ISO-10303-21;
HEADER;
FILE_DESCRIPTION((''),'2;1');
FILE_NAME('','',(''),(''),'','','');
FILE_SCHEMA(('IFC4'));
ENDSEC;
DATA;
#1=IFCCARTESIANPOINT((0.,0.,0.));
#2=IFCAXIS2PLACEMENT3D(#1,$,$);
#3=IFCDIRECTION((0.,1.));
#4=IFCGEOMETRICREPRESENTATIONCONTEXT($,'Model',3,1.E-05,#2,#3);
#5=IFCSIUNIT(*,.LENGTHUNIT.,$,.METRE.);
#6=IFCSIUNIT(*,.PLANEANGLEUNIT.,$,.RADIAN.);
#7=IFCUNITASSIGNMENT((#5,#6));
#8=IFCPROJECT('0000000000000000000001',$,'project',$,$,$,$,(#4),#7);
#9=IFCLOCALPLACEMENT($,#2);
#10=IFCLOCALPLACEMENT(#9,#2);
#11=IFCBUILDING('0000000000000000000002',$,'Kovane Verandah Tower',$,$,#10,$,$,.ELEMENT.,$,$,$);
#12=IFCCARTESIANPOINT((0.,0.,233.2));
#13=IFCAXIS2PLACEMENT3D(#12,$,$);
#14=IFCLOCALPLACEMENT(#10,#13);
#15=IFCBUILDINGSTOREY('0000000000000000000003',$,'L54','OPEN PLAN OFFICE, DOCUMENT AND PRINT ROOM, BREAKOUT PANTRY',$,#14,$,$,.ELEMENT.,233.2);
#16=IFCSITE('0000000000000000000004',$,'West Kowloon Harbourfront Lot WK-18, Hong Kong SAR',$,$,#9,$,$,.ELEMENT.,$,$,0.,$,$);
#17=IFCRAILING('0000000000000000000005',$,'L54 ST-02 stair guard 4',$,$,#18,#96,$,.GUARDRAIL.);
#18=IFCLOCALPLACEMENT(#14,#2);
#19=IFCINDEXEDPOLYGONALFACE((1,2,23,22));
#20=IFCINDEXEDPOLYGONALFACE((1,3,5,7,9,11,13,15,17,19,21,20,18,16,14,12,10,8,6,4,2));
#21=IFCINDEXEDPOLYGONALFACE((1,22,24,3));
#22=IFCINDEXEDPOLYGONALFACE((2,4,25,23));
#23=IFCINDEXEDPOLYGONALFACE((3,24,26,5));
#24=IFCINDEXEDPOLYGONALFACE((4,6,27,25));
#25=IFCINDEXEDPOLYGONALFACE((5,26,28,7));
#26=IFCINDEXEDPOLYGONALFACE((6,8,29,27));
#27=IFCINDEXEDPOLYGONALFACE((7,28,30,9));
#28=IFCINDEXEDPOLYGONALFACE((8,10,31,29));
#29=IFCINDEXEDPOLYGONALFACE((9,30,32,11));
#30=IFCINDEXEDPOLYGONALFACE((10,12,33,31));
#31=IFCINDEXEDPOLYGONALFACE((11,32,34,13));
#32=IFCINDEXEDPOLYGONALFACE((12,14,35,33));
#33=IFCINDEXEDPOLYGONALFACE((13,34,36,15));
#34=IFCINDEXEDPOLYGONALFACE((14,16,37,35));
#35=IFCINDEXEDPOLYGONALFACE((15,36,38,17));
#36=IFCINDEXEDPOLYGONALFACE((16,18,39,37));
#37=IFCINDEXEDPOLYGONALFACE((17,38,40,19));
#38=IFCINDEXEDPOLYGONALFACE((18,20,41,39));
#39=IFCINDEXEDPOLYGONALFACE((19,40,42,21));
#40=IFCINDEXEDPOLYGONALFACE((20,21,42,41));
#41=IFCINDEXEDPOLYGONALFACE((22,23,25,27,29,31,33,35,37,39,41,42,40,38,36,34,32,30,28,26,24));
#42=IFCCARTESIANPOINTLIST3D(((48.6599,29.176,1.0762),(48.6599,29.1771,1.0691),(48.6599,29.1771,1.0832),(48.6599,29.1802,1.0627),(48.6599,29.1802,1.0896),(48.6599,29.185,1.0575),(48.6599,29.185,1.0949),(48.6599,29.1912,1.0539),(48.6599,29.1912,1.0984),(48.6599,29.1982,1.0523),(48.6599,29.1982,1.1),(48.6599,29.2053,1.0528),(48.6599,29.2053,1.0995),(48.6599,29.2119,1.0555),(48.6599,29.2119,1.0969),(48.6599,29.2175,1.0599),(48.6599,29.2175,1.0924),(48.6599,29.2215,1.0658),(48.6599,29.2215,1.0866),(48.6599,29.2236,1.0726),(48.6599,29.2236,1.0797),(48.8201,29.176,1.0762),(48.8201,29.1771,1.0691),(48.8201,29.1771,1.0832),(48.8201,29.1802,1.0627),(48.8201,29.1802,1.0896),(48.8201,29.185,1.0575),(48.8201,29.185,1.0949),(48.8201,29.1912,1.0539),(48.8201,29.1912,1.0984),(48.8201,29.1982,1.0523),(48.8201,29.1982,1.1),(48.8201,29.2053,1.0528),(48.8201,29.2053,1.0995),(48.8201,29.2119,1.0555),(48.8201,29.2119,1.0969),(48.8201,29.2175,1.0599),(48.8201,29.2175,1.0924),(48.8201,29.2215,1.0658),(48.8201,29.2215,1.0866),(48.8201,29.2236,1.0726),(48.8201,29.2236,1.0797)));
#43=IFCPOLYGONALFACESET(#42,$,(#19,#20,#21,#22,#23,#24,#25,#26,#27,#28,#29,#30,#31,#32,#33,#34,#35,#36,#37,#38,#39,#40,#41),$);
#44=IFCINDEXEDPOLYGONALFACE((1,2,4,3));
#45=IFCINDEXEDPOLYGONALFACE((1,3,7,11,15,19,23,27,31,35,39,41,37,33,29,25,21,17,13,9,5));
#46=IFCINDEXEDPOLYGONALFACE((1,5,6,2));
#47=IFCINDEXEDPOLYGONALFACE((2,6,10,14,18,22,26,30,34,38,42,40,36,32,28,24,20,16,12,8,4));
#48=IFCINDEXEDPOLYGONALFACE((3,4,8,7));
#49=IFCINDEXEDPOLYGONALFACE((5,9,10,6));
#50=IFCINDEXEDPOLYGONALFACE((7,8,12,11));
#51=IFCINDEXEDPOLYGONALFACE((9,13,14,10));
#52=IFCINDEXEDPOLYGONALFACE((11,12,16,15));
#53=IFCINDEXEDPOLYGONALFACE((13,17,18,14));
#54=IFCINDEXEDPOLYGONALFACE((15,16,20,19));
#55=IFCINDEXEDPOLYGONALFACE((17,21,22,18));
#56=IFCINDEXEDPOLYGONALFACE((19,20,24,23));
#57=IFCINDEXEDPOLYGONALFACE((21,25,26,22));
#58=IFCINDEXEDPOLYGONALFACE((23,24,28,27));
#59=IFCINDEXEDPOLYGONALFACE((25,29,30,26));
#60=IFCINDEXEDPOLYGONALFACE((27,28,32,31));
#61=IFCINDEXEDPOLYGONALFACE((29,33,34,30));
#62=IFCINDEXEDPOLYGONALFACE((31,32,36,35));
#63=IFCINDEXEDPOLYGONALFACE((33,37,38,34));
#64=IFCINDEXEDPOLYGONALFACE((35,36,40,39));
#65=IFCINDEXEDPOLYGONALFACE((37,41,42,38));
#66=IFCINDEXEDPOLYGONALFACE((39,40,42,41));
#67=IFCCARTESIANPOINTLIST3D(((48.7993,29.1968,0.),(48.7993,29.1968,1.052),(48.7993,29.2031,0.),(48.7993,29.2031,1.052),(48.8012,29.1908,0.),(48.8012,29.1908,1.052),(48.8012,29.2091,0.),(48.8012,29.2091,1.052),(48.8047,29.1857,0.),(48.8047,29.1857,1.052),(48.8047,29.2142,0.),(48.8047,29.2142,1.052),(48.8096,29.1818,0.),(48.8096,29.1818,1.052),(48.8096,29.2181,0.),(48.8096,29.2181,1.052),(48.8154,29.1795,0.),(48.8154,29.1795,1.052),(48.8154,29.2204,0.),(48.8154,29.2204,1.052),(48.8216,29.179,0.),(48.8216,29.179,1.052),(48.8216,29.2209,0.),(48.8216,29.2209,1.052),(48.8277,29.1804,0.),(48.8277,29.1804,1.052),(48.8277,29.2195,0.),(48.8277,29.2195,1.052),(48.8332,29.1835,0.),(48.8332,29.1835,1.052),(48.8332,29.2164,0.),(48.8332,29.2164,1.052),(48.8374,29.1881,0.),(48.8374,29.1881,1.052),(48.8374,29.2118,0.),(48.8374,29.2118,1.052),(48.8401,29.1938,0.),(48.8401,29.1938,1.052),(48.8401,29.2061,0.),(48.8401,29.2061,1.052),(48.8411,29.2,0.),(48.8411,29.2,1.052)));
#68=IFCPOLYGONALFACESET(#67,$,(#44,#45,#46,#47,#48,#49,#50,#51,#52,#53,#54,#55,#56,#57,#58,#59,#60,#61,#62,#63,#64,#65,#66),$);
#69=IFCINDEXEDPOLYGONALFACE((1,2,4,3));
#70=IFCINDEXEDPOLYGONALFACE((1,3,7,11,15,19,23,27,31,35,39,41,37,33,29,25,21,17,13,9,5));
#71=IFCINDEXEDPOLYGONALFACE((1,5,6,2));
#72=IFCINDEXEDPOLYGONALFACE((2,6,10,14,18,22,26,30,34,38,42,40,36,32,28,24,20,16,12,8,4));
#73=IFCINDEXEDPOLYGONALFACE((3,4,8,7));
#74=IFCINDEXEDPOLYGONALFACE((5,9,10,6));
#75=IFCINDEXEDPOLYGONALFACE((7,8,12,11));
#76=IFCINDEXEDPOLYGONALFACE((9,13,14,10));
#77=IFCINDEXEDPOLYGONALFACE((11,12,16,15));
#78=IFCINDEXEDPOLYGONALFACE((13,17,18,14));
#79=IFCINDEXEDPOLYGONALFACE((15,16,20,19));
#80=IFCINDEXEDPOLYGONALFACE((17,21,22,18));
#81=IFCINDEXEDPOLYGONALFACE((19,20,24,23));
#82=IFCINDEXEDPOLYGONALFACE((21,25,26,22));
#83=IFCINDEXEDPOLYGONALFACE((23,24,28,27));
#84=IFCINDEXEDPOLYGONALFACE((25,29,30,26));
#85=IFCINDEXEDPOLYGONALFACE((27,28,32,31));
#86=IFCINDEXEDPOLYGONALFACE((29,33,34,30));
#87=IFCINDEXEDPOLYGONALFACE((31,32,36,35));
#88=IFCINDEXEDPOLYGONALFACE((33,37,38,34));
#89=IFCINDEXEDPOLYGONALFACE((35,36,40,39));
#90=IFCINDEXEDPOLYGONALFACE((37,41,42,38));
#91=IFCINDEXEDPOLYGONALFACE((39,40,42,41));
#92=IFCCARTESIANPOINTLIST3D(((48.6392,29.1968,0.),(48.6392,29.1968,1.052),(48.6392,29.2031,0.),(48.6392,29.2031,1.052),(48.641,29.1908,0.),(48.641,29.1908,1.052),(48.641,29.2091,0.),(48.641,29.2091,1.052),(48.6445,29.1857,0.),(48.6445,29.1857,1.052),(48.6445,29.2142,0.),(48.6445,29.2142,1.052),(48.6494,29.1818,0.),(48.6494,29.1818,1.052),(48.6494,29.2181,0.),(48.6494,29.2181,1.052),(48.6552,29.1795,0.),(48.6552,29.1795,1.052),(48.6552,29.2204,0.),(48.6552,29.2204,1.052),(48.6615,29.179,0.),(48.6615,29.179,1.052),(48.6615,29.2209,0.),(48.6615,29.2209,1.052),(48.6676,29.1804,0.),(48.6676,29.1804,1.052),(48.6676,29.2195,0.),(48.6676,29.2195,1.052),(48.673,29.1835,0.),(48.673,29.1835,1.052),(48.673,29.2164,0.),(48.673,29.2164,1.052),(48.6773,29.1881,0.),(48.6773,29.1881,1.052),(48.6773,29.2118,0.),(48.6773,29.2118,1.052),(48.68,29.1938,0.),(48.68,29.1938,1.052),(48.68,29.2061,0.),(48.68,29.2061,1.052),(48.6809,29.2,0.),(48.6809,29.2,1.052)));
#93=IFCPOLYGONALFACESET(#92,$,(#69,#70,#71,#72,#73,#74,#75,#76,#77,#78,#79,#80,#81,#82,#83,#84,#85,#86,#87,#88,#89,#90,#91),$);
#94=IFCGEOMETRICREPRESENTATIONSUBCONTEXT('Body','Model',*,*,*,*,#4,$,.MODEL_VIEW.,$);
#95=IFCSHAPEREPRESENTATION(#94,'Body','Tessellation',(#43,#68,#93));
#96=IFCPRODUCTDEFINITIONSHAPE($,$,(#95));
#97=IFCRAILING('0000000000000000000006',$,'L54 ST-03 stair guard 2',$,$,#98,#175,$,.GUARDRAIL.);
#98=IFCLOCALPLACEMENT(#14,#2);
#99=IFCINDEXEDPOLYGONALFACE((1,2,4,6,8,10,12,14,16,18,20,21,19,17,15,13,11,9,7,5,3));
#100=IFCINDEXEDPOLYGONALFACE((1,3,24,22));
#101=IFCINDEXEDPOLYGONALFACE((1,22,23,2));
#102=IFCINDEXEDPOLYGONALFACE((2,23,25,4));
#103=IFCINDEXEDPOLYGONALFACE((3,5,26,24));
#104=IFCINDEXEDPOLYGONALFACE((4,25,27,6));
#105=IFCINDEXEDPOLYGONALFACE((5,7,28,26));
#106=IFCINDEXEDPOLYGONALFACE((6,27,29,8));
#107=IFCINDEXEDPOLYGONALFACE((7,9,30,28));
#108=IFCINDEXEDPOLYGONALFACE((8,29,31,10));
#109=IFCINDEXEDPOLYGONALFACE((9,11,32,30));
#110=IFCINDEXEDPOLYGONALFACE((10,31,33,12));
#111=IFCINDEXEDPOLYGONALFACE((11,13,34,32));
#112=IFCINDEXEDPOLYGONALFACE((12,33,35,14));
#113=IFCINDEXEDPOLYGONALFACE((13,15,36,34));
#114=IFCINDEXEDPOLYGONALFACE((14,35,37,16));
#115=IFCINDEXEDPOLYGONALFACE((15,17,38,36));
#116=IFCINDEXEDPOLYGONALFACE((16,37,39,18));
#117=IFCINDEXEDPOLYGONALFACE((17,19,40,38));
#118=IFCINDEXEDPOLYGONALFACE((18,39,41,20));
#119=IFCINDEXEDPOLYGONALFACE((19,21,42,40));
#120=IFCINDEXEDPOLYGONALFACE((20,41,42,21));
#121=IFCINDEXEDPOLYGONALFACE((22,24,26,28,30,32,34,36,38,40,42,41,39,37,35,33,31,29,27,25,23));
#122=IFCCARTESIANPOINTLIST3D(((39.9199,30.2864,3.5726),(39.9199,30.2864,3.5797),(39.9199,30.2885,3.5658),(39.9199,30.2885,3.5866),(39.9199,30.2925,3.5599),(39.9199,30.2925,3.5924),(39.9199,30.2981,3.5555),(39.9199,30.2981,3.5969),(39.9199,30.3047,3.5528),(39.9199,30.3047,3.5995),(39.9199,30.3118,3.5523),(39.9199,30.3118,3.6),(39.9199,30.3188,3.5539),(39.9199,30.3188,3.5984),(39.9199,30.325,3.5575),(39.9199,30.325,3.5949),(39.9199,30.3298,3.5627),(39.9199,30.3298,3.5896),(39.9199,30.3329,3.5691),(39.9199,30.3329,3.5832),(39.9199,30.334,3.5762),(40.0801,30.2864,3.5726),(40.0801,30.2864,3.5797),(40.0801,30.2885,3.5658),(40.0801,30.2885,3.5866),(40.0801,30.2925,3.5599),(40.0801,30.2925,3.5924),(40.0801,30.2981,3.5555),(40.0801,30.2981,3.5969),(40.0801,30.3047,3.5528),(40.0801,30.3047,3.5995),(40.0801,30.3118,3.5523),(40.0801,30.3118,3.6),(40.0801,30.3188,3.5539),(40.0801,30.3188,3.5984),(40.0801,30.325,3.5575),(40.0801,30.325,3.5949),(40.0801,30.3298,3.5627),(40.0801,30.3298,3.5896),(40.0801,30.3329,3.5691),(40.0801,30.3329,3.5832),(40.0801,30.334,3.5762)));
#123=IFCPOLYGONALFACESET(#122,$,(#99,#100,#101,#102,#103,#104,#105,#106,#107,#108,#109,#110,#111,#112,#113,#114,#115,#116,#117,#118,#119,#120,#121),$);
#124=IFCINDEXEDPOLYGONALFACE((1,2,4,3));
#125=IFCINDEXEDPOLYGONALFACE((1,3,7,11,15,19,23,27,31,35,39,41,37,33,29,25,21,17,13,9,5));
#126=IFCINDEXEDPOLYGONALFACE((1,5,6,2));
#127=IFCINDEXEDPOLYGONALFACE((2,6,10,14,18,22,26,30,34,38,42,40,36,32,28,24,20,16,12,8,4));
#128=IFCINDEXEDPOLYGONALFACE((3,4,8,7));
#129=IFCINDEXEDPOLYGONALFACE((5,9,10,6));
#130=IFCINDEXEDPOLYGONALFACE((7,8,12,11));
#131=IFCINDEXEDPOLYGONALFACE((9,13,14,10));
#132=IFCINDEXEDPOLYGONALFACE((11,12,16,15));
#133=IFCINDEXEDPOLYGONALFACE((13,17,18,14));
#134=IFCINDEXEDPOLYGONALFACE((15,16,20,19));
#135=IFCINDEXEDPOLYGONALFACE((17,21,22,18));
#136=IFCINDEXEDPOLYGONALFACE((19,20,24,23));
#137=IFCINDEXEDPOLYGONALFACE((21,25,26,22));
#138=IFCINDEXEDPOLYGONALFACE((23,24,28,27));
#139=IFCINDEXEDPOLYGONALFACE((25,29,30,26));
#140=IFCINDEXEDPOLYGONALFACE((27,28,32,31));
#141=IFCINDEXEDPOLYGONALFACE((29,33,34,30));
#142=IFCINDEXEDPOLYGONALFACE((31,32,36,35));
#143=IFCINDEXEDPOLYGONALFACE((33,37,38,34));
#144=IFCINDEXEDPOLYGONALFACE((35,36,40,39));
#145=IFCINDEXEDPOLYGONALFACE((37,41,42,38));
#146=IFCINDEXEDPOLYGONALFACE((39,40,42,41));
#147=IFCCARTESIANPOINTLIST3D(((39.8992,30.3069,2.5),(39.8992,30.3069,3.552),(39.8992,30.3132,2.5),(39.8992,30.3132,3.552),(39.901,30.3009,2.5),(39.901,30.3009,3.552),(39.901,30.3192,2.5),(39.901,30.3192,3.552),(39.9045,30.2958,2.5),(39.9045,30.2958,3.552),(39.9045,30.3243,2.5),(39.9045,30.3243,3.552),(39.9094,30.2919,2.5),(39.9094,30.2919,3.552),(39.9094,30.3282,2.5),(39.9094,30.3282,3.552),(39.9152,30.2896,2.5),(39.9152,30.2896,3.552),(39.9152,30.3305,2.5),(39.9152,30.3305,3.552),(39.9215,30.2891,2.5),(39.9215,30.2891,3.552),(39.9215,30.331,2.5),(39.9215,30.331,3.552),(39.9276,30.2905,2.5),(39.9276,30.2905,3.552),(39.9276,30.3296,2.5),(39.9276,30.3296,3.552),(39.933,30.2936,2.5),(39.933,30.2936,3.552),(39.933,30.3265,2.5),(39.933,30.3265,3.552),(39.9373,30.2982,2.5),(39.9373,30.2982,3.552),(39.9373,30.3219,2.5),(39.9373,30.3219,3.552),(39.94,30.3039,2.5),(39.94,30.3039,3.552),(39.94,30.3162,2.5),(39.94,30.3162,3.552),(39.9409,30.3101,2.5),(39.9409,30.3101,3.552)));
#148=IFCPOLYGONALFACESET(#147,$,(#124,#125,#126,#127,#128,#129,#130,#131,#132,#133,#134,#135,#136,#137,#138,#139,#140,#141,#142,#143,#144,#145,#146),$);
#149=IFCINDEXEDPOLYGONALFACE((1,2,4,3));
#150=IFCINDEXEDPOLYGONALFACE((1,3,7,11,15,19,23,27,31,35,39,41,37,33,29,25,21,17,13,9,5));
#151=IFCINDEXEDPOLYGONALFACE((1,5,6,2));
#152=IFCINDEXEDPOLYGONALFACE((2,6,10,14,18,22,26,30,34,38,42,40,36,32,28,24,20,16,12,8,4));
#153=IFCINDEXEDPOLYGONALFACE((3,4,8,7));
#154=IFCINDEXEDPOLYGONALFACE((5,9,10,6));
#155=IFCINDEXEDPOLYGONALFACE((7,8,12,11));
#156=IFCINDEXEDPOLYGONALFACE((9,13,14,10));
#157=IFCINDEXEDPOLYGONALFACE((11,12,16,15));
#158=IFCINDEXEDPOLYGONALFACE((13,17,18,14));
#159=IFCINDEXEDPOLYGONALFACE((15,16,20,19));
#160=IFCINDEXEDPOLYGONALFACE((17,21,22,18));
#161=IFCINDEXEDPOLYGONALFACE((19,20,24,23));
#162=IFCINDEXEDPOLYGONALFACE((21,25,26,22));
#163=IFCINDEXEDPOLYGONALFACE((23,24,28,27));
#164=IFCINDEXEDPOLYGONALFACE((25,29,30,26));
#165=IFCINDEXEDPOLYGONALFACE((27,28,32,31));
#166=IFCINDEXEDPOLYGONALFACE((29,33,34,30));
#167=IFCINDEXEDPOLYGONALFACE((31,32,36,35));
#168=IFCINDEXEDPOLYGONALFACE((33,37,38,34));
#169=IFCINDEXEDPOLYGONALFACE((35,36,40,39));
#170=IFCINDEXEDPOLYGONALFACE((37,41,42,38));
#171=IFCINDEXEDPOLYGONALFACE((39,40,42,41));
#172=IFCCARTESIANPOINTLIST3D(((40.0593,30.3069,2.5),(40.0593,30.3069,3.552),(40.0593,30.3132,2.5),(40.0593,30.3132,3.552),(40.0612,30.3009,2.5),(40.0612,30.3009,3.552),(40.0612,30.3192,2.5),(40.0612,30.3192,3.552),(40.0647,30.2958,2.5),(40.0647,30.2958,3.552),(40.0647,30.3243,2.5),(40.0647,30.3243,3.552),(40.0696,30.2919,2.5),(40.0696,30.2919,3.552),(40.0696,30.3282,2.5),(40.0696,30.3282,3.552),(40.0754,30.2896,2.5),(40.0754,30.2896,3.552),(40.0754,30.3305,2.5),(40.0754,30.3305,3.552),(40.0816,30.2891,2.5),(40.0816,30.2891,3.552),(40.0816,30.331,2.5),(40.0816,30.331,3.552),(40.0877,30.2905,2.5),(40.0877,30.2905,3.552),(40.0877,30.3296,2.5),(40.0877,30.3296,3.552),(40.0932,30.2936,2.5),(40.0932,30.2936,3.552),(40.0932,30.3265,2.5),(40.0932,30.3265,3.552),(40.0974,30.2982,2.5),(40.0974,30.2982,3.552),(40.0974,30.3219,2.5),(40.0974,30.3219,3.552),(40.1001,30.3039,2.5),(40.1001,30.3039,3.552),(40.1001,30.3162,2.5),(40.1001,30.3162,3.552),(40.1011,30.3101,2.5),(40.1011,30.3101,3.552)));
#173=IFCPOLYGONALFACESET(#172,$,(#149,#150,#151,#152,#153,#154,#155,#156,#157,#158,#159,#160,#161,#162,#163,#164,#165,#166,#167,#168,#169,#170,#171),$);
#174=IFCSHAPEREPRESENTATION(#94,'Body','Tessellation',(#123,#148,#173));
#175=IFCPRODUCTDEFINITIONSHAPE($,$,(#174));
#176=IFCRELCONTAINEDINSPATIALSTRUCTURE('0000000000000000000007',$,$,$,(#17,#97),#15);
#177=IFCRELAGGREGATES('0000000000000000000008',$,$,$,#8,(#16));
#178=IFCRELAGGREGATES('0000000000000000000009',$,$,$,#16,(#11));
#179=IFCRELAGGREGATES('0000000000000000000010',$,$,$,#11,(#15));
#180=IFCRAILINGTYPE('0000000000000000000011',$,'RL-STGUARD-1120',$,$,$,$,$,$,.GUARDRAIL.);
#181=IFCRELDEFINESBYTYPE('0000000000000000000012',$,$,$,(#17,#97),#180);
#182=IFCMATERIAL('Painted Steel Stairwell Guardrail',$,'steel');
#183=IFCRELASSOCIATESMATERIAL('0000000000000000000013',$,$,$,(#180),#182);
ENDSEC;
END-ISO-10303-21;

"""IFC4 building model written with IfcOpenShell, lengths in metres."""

from ifc_helpers import new_model, si_unit, direction, frame, origin, origin_2d, place, context, subcontext, project, spatial, circle, extrude, material, type_object, element, save


model = new_model("IFC4")

# Units and contexts
model_context = context("Model", 3, precision=1e-05, world=origin(), true_north=direction((0.0, 1.0)))
body_context = subcontext(model_context, "Body", "Model", "MODEL_VIEW")
ifc_project = project(units=[si_unit("LENGTHUNIT", "METRE"), si_unit("PLANEANGLEUNIT", "RADIAN")], contexts=[model_context])

# Site, building, storey
site_placement = place(None, origin())
site = spatial("IfcSite", under=ifc_project, at=site_placement, Name="West Kowloon Harbourfront Lot WK-18, Hong Kong SAR", CompositionType="ELEMENT", RefElevation=0.0)
building_placement = place(site_placement, origin())
building = spatial("IfcBuilding", under=site, at=building_placement, Name="Kovane Verandah Tower", CompositionType="ELEMENT")
storey_placement = place(building_placement, frame((0.0, 0.0, 233.2)))
storey = spatial("IfcBuildingStorey", under=building, at=storey_placement, Name="L54", Description="OPEN PLAN OFFICE, DOCUMENT AND PRINT ROOM, BREAKOUT PANTRY", CompositionType="ELEMENT", Elevation=233.2)

# Railings
ifc_material_1 = material(Name="Painted Steel Stairwell Guardrail", Category="steel")
railing_type_1 = type_object("IfcRailingType", Name="RL-STGUARD-1120", PredefinedType="GUARDRAIL", material=ifc_material_1)
railing_1_placement = place(storey_placement, frame((48.8201, 29.2, 0.0)))
element("IfcRailing", 1, at=railing_1_placement, inside=storey, type_object=railing_type_1, Name="L54 ST-02 stair guard 4", PredefinedType="GUARDRAIL", context=body_context, shape_type="SweptSolid", body=[
    extrude(circle(Radius=0.0239, at=origin_2d()), frame((0.0, 0.0, 1.0762), z_axis=(-1.0, 0.0, 0.0), x_axis=(0.0, -1.0, 0.0)), (0.0, 0.0, 1.0), 0.1602),
    extrude(circle(Radius=0.021, at=origin_2d()), origin(), (0.0, 0.0, 1.0), 1.052),
    extrude(circle(Radius=0.021, at=origin_2d()), frame((-0.1602, 0.0, 0.0)), (0.0, 0.0, 1.0), 1.052),
])
railing_2_placement = place(storey_placement, frame((39.9199, 30.3101, 2.5)))
element("IfcRailing", 2, at=railing_2_placement, inside=storey, type_object=railing_type_1, Name="L54 ST-03 stair guard 2", PredefinedType="GUARDRAIL", context=body_context, shape_type="SweptSolid", body=[
    extrude(circle(Radius=0.0239, at=origin_2d()), frame((0.0, 0.0, 1.0762), z_axis=(1.0, 0.0, 0.0), x_axis=(0.0, 1.0, 0.0)), (0.0, 0.0, 1.0), 0.1602),
    extrude(circle(Radius=0.021, at=origin_2d()), origin(), (0.0, 0.0, 1.0), 1.052),
    extrude(circle(Radius=0.021, at=origin_2d()), frame((0.1602, 0.0, 0.0)), (0.0, 0.0, 1.0), 1.052),
])

save(model, "model.ifc")
